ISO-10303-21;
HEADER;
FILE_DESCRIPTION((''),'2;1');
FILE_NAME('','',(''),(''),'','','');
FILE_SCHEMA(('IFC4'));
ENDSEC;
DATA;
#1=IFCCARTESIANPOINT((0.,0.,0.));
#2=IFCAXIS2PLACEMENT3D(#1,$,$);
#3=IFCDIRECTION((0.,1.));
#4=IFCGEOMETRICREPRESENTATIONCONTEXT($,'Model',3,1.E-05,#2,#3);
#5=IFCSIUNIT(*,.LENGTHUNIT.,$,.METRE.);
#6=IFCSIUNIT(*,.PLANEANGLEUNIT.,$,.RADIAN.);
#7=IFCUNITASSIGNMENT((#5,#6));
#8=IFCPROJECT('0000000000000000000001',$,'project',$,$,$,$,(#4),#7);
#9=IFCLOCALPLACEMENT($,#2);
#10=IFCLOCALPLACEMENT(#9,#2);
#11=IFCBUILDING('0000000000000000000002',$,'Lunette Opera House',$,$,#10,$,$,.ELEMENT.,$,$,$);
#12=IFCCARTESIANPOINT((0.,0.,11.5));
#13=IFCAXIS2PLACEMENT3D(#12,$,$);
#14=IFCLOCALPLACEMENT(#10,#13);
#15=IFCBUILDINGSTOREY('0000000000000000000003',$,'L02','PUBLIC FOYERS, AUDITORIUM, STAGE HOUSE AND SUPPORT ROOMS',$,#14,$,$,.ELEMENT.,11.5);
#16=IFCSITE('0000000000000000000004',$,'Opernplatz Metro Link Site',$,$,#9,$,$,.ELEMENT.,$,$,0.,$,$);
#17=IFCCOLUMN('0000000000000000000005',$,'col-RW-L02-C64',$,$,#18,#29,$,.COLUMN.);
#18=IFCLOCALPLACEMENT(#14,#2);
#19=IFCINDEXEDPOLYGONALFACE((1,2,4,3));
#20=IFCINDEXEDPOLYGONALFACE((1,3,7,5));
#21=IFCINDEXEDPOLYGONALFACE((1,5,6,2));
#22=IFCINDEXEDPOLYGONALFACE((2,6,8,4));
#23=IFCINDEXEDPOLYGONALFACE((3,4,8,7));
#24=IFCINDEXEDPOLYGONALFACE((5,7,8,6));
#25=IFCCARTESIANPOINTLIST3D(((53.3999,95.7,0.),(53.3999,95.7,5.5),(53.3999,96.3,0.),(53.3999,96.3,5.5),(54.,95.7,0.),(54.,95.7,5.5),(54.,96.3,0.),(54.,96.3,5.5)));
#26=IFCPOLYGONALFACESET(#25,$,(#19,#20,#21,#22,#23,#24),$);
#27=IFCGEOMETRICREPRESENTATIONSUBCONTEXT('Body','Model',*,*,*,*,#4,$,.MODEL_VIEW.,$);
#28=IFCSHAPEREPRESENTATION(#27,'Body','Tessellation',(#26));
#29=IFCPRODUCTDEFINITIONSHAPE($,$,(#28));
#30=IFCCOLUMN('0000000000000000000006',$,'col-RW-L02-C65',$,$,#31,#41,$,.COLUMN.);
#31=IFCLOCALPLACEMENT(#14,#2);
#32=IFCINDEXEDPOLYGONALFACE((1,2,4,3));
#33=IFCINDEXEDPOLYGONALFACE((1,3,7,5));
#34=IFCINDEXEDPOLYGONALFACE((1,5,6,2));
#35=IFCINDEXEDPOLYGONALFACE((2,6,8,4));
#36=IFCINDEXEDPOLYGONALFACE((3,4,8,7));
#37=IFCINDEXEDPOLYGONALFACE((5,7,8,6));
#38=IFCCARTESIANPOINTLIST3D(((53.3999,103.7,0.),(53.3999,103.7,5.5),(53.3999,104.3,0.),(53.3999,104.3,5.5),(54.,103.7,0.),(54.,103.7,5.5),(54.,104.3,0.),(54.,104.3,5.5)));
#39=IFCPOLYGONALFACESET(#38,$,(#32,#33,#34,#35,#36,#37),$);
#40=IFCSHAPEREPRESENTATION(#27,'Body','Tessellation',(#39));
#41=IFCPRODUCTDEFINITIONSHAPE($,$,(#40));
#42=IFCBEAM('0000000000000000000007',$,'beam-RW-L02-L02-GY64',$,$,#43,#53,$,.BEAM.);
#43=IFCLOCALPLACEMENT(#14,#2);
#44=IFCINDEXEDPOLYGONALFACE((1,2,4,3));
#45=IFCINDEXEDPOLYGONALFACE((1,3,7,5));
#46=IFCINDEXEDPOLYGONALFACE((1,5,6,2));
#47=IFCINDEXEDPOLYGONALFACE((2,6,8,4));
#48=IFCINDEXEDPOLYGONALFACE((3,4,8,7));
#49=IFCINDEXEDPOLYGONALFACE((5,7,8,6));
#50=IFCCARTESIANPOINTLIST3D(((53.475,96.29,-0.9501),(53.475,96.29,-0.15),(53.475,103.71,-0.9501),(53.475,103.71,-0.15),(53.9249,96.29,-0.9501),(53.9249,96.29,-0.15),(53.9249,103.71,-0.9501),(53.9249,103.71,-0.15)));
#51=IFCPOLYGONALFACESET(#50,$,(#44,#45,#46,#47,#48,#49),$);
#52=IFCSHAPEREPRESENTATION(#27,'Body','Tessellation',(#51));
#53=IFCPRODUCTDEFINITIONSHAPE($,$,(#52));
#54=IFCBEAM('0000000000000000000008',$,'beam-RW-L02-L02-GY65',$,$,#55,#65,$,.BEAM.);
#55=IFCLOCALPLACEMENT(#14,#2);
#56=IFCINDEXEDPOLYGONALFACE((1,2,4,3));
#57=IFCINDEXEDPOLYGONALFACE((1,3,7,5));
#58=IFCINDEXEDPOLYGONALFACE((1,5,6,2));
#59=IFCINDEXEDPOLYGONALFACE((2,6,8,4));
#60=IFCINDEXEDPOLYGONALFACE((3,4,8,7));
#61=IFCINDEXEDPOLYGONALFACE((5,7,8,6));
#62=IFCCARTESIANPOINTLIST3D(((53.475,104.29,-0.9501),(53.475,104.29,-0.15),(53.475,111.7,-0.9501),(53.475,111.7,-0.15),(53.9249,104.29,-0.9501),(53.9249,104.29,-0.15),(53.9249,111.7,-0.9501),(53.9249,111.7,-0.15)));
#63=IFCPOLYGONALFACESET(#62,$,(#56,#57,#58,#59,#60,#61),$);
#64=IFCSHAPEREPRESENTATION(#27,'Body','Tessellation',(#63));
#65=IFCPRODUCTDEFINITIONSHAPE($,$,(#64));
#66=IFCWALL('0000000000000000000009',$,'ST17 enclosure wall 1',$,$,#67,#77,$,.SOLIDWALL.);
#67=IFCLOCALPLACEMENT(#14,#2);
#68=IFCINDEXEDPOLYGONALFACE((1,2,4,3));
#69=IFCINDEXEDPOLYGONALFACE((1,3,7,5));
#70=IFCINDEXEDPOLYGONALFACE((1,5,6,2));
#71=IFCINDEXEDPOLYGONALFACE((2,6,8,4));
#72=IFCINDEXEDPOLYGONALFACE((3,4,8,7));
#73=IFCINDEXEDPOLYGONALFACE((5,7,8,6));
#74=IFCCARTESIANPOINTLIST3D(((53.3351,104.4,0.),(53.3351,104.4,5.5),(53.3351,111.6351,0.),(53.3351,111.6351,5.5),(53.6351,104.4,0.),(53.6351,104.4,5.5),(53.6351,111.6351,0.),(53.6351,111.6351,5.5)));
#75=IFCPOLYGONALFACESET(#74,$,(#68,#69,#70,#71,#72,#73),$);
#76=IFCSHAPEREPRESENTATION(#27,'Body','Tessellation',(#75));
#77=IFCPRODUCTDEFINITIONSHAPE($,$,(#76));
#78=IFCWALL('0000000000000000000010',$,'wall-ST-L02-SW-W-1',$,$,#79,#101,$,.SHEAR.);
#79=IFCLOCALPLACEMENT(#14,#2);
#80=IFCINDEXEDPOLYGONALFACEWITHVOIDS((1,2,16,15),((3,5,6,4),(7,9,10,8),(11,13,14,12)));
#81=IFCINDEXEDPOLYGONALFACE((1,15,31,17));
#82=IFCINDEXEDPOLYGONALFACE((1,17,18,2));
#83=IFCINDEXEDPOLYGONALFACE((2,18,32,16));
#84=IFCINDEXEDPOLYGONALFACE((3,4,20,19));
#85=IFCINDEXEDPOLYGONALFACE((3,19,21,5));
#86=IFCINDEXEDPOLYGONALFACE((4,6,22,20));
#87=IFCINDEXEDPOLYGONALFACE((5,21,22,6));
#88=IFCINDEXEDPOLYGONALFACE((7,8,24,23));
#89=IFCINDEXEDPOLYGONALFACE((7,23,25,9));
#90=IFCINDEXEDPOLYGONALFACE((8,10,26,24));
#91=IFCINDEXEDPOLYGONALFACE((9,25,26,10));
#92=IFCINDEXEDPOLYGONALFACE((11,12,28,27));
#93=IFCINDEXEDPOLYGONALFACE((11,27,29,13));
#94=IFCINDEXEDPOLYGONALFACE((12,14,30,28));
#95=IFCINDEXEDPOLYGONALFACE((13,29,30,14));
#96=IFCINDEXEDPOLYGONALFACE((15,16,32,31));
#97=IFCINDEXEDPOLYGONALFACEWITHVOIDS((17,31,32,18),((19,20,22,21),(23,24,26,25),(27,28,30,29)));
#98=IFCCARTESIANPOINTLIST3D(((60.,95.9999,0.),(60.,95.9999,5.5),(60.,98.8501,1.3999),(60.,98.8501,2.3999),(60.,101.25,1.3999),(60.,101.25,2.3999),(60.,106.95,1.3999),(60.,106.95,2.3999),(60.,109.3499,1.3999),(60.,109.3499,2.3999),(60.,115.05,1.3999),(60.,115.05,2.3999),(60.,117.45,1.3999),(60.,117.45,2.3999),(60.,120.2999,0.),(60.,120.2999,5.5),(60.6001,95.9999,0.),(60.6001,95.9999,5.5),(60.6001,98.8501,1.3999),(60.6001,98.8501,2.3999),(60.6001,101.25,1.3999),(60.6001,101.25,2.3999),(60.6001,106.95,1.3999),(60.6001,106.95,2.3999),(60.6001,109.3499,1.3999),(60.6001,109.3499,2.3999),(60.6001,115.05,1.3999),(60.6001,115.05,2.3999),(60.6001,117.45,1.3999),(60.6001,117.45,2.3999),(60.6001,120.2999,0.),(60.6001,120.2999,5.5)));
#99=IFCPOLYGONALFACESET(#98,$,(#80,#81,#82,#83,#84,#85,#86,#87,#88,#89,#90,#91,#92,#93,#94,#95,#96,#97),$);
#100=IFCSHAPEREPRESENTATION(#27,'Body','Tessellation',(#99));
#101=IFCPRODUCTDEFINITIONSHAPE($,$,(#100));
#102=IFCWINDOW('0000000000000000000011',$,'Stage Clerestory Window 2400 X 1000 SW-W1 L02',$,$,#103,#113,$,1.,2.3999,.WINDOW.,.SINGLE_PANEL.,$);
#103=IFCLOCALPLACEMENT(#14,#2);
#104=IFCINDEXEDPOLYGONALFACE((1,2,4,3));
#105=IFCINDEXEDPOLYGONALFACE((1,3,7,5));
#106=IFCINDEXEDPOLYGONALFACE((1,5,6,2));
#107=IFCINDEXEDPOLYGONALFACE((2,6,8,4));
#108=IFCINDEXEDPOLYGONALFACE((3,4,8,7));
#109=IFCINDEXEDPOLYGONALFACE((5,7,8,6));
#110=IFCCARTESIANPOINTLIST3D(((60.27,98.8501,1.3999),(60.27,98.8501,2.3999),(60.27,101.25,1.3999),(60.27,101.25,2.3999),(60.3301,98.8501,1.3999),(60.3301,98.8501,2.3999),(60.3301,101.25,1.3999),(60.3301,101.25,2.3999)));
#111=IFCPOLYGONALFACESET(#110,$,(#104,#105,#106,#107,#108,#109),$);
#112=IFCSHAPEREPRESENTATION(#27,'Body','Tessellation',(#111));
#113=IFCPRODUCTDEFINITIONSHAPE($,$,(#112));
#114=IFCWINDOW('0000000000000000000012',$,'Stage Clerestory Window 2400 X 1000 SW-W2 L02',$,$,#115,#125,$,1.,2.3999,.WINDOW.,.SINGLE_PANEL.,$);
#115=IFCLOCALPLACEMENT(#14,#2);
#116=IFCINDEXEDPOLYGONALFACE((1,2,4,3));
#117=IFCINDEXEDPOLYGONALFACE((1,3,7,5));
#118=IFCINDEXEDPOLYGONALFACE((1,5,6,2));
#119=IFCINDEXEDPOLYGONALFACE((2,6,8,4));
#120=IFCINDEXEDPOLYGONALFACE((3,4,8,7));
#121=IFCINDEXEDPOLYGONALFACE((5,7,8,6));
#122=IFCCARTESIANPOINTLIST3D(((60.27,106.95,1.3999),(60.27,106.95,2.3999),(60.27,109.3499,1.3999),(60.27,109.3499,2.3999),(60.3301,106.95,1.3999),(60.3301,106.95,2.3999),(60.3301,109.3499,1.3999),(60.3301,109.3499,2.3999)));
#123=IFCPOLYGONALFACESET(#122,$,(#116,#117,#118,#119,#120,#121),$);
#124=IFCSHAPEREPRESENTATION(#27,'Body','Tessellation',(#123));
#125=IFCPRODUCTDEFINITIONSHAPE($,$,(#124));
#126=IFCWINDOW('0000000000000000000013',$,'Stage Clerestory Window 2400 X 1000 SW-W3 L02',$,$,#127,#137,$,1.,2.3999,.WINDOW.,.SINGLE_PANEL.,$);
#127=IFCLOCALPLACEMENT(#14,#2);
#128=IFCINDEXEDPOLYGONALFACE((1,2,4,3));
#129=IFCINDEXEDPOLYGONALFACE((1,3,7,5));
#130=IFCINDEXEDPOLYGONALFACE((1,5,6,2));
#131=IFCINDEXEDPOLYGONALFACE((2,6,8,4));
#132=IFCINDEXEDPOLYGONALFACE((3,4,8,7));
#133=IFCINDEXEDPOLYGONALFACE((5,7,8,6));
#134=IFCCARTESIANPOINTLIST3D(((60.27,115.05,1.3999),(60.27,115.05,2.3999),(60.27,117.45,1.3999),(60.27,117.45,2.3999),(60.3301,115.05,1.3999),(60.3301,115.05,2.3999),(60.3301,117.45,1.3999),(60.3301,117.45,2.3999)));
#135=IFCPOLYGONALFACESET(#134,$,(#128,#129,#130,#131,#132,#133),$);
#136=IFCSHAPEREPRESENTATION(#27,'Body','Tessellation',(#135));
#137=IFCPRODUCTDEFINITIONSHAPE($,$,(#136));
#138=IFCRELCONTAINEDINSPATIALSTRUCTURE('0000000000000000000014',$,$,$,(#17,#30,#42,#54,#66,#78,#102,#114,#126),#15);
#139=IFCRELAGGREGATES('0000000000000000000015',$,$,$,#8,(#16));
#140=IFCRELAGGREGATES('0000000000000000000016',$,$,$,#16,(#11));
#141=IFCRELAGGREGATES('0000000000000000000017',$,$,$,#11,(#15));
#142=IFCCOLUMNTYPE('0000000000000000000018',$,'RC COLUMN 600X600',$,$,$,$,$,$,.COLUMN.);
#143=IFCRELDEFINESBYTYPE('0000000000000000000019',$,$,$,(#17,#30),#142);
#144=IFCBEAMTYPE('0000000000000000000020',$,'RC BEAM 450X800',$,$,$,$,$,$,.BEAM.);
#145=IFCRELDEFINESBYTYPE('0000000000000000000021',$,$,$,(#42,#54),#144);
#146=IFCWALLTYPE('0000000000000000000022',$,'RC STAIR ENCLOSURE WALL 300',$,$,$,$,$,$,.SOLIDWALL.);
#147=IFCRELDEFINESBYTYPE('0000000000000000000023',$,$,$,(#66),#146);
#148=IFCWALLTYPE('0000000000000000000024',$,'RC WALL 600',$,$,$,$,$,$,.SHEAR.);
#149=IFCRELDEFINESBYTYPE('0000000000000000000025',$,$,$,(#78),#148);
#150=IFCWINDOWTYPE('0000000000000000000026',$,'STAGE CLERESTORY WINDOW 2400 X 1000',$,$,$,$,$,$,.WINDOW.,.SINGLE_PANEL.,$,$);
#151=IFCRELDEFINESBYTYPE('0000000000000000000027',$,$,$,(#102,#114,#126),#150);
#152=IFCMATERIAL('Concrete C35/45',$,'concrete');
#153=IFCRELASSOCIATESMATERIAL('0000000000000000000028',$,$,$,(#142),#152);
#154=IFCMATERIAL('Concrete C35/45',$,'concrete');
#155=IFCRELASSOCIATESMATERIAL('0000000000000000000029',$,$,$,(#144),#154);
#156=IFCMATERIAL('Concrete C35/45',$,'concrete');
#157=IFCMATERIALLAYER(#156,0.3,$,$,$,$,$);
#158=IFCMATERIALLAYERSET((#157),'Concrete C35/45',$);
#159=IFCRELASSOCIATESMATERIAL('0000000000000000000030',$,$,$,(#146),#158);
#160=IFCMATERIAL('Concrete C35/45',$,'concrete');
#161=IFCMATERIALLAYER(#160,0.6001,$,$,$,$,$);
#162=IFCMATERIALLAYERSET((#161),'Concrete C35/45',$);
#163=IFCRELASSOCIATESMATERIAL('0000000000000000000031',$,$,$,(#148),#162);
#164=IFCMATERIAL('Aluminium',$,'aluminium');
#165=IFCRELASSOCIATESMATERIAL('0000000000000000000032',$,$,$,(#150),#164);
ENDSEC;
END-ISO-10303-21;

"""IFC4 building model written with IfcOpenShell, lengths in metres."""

from ifc_helpers import new_model, si_unit, direction, frame, frame_2d, origin, origin_2d, place, context, subcontext, project, spatial, rectangle, extrude, material, layer, layer_set, material_profile, profile_set, type_object, element, fill, save


model = new_model("IFC4")

# Units and contexts
model_context = context("Model", 3, precision=1e-05, world=origin(), true_north=direction((0.0, 1.0)))
body_context = subcontext(model_context, "Body", "Model", "MODEL_VIEW")
ifc_project = project(units=[si_unit("LENGTHUNIT", "METRE"), si_unit("PLANEANGLEUNIT", "RADIAN")], contexts=[model_context])

# Site, building, storey
site_placement = place(None, origin())
site = spatial("IfcSite", under=ifc_project, at=site_placement, Name="Opernplatz Metro Link Site", CompositionType="ELEMENT", RefElevation=0.0)
building_placement = place(site_placement, origin())
building = spatial("IfcBuilding", under=site, at=building_placement, Name="Lunette Opera House", CompositionType="ELEMENT")
storey_placement = place(building_placement, frame((0.0, 0.0, 11.5)))
storey = spatial("IfcBuildingStorey", under=building, at=storey_placement, Name="L02", Description="PUBLIC FOYERS, AUDITORIUM, STAGE HOUSE AND SUPPORT ROOMS", CompositionType="ELEMENT", Elevation=11.5)

# Columns
ifc_material_1 = material(Name="Concrete C35/45", Category="concrete")
ifc_material_profile_1 = material_profile(ifc_material_1, rectangle(XDim=0.6001, YDim=0.6001, at=origin_2d()), Name="RC COLUMN 600X600")
ifc_profile_set_1 = profile_set([ifc_material_profile_1], Name="Concrete C35/45")
column_type = type_object("IfcColumnType", Name="RC COLUMN 600X600", PredefinedType="COLUMN", material=ifc_profile_set_1)
for number, where, z_axis, x_axis, name in (
    (1, (53.7, 96.0, 0.0), (0.0, 0.0, 1.0), (1.0, 0.0, 0.0), "col-RW-L02-C64"),
    (2, (53.7, 104.0, 0.0), (0.0, 0.0, 1.0), (1.0, 0.0, 0.0), "col-RW-L02-C65"),
):
    element("IfcColumn", number, at=place(storey_placement, frame(where, z_axis=z_axis, x_axis=x_axis)), inside=storey, type_object=column_type, Name=name, PredefinedType="COLUMN", context=body_context, shape_type="SweptSolid", body=[
        extrude(rectangle(XDim=0.6001, YDim=0.6001, at=origin_2d()), origin(), (0.0, 0.0, 1.0), 5.5),
    ])

# Beams
ifc_material_2 = material(Name="Concrete C35/45", Category="concrete")
ifc_material_profile_2 = material_profile(ifc_material_2, rectangle(XDim=0.45, YDim=0.8, at=origin_2d()), Name="RC BEAM 450X800")
ifc_profile_set_2 = profile_set([ifc_material_profile_2], Name="Concrete C35/45")
beam_type = type_object("IfcBeamType", Name="RC BEAM 450X800", PredefinedType="BEAM", material=ifc_profile_set_2)
beam_1_placement = place(storey_placement, frame((53.7, 96.29, -0.55), z_axis=(0.0, 1.0, 0.0), x_axis=(-1.0, 0.0, 0.0)))
element("IfcBeam", 3, at=beam_1_placement, inside=storey, type_object=beam_type, Name="beam-RW-L02-L02-GY64", PredefinedType="BEAM", context=body_context, shape_type="SweptSolid", body=[
    extrude(rectangle(XDim=0.45, YDim=0.8, at=origin_2d()), origin(), (0.0, 0.0, 1.0), 7.4199),
])
beam_2_placement = place(storey_placement, frame((53.7, 104.29, -0.55), z_axis=(0.0, 1.0, 0.0), x_axis=(-1.0, 0.0, 0.0)))
element("IfcBeam", 4, at=beam_2_placement, inside=storey, type_object=beam_type, Name="beam-RW-L02-L02-GY65", PredefinedType="BEAM", context=body_context, shape_type="SweptSolid", body=[
    extrude(rectangle(XDim=0.45, YDim=0.8, at=origin_2d()), origin(), (0.0, 0.0, 1.0), 7.4099),
])

# Wall
ifc_material_3 = material(Name="Concrete C35/45", Category="concrete")
ifc_layer_1 = layer(ifc_material_3, 0.3)
ifc_layer_set_1 = layer_set([ifc_layer_1], Name="Concrete C35/45")
wall_type_1 = type_object("IfcWallType", Name="RC STAIR ENCLOSURE WALL 300", PredefinedType="SOLIDWALL", material=ifc_layer_set_1)
wall_1_placement = place(storey_placement, frame((53.4851, 104.3999, 0.0), z_axis=(0.0, 0.0, 1.0), x_axis=(0.0, 1.0, 0.0)))
element("IfcWall", 5, at=wall_1_placement, inside=storey, type_object=wall_type_1, Name="ST17 enclosure wall 1", PredefinedType="SOLIDWALL", context=body_context, shape_type="SweptSolid", body=[
    extrude(rectangle(XDim=7.2351, YDim=0.3, at=frame_2d((3.6177, 0.0))), origin(), (0.0, 0.0, 1.0), 5.5),
])

# Wall, openings, windows
ifc_material_4 = material(Name="Concrete C35/45", Category="concrete")
ifc_layer_2 = layer(ifc_material_4, 0.6001)
ifc_layer_set_2 = layer_set([ifc_layer_2], Name="Concrete C35/45")
wall_type_2 = type_object("IfcWallType", Name="RC WALL 600", PredefinedType="SHEAR", material=ifc_layer_set_2)
wall_2_placement = place(storey_placement, frame((60.3, 96.0, 0.0), z_axis=(0.0, 0.0, 1.0), x_axis=(0.0, 1.0, 0.0)))
wall_2 = element("IfcWall", 6, at=wall_2_placement, inside=storey, type_object=wall_type_2, Name="wall-ST-L02-SW-W-1", PredefinedType="SHEAR", context=body_context, shape_type="SweptSolid", body=[
    extrude(rectangle(XDim=24.3, YDim=0.6001, at=frame_2d((12.1499, 0.0))), origin(), (0.0, 0.0, 1.0), 5.5),
])
opening_1_placement = place(wall_2_placement, frame((2.8501, 0.0, 1.3999)))
opening_1 = element("IfcOpeningElement", 7, at=opening_1_placement, cuts=wall_2, PredefinedType="OPENING", context=body_context, shape_type="SweptSolid", body=[
    extrude(rectangle(XDim=2.3999, YDim=1.0, at=frame_2d((1.2, 0.5))), frame((0.0, 0.312, 0.0), z_axis=(0.0, -1.0, 0.0), x_axis=(1.0, 0.0, 0.0)), (0.0, 0.0, 1.0), 0.624),
])
opening_2_placement = place(wall_2_placement, frame((10.95, 0.0, 1.3999)))
opening_2 = element("IfcOpeningElement", 8, at=opening_2_placement, cuts=wall_2, PredefinedType="OPENING", context=body_context, shape_type="SweptSolid", body=[
    extrude(rectangle(XDim=2.3999, YDim=1.0, at=frame_2d((1.2, 0.5))), frame((0.0, 0.312, 0.0), z_axis=(0.0, -1.0, 0.0), x_axis=(1.0, 0.0, 0.0)), (0.0, 0.0, 1.0), 0.624),
])
opening_3_placement = place(wall_2_placement, frame((19.05, 0.0, 1.3999)))
opening_3 = element("IfcOpeningElement", 9, at=opening_3_placement, cuts=wall_2, PredefinedType="OPENING", context=body_context, shape_type="SweptSolid", body=[
    extrude(rectangle(XDim=2.3999, YDim=1.0, at=frame_2d((1.2, 0.5))), frame((0.0, 0.312, 0.0), z_axis=(0.0, -1.0, 0.0), x_axis=(1.0, 0.0, 0.0)), (0.0, 0.0, 1.0), 0.624),
])
ifc_material_5 = material(Name="Aluminium", Category="aluminium")
window_type_1 = type_object("IfcWindowType", Name="STAGE CLERESTORY WINDOW 2400 X 1000", PartitioningType="SINGLE_PANEL", PredefinedType="WINDOW", material=ifc_material_5)
window_1_placement = place(opening_1_placement, origin())
window_1 = element("IfcWindow", 10, at=window_1_placement, inside=storey, type_object=window_type_1, Name="Stage Clerestory Window 2400 X 1000 SW-W1 L02", OverallHeight=1.0, OverallWidth=2.3999, PartitioningType="SINGLE_PANEL", PredefinedType="WINDOW", context=body_context, shape_type="SweptSolid", body=[
    extrude(rectangle(XDim=2.3999, YDim=1.0, at=frame_2d((1.2, 0.5))), frame((0.0, 0.03, 0.0), z_axis=(0.0, -1.0, 0.0), x_axis=(1.0, 0.0, 0.0)), (0.0, 0.0, 1.0), 0.0601),
])
fill(opening_1, window_1)
window_2_placement = place(opening_2_placement, origin())
window_2 = element("IfcWindow", 11, at=window_2_placement, inside=storey, type_object=window_type_1, Name="Stage Clerestory Window 2400 X 1000 SW-W2 L02", OverallHeight=1.0, OverallWidth=2.3999, PartitioningType="SINGLE_PANEL", PredefinedType="WINDOW", context=body_context, shape_type="SweptSolid", body=[
    extrude(rectangle(XDim=2.3999, YDim=1.0, at=frame_2d((1.2, 0.5))), frame((0.0, 0.03, 0.0), z_axis=(0.0, -1.0, 0.0), x_axis=(1.0, 0.0, 0.0)), (0.0, 0.0, 1.0), 0.0601),
])
fill(opening_2, window_2)
window_3_placement = place(opening_3_placement, origin())
window_3 = element("IfcWindow", 12, at=window_3_placement, inside=storey, type_object=window_type_1, Name="Stage Clerestory Window 2400 X 1000 SW-W3 L02", OverallHeight=1.0, OverallWidth=2.3999, PartitioningType="SINGLE_PANEL", PredefinedType="WINDOW", context=body_context, shape_type="SweptSolid", body=[
    extrude(rectangle(XDim=2.3999, YDim=1.0, at=frame_2d((1.2, 0.5))), frame((0.0, 0.03, 0.0), z_axis=(0.0, -1.0, 0.0), x_axis=(1.0, 0.0, 0.0)), (0.0, 0.0, 1.0), 0.0601),
])
fill(opening_3, window_3)

save(model, "model.ifc")
